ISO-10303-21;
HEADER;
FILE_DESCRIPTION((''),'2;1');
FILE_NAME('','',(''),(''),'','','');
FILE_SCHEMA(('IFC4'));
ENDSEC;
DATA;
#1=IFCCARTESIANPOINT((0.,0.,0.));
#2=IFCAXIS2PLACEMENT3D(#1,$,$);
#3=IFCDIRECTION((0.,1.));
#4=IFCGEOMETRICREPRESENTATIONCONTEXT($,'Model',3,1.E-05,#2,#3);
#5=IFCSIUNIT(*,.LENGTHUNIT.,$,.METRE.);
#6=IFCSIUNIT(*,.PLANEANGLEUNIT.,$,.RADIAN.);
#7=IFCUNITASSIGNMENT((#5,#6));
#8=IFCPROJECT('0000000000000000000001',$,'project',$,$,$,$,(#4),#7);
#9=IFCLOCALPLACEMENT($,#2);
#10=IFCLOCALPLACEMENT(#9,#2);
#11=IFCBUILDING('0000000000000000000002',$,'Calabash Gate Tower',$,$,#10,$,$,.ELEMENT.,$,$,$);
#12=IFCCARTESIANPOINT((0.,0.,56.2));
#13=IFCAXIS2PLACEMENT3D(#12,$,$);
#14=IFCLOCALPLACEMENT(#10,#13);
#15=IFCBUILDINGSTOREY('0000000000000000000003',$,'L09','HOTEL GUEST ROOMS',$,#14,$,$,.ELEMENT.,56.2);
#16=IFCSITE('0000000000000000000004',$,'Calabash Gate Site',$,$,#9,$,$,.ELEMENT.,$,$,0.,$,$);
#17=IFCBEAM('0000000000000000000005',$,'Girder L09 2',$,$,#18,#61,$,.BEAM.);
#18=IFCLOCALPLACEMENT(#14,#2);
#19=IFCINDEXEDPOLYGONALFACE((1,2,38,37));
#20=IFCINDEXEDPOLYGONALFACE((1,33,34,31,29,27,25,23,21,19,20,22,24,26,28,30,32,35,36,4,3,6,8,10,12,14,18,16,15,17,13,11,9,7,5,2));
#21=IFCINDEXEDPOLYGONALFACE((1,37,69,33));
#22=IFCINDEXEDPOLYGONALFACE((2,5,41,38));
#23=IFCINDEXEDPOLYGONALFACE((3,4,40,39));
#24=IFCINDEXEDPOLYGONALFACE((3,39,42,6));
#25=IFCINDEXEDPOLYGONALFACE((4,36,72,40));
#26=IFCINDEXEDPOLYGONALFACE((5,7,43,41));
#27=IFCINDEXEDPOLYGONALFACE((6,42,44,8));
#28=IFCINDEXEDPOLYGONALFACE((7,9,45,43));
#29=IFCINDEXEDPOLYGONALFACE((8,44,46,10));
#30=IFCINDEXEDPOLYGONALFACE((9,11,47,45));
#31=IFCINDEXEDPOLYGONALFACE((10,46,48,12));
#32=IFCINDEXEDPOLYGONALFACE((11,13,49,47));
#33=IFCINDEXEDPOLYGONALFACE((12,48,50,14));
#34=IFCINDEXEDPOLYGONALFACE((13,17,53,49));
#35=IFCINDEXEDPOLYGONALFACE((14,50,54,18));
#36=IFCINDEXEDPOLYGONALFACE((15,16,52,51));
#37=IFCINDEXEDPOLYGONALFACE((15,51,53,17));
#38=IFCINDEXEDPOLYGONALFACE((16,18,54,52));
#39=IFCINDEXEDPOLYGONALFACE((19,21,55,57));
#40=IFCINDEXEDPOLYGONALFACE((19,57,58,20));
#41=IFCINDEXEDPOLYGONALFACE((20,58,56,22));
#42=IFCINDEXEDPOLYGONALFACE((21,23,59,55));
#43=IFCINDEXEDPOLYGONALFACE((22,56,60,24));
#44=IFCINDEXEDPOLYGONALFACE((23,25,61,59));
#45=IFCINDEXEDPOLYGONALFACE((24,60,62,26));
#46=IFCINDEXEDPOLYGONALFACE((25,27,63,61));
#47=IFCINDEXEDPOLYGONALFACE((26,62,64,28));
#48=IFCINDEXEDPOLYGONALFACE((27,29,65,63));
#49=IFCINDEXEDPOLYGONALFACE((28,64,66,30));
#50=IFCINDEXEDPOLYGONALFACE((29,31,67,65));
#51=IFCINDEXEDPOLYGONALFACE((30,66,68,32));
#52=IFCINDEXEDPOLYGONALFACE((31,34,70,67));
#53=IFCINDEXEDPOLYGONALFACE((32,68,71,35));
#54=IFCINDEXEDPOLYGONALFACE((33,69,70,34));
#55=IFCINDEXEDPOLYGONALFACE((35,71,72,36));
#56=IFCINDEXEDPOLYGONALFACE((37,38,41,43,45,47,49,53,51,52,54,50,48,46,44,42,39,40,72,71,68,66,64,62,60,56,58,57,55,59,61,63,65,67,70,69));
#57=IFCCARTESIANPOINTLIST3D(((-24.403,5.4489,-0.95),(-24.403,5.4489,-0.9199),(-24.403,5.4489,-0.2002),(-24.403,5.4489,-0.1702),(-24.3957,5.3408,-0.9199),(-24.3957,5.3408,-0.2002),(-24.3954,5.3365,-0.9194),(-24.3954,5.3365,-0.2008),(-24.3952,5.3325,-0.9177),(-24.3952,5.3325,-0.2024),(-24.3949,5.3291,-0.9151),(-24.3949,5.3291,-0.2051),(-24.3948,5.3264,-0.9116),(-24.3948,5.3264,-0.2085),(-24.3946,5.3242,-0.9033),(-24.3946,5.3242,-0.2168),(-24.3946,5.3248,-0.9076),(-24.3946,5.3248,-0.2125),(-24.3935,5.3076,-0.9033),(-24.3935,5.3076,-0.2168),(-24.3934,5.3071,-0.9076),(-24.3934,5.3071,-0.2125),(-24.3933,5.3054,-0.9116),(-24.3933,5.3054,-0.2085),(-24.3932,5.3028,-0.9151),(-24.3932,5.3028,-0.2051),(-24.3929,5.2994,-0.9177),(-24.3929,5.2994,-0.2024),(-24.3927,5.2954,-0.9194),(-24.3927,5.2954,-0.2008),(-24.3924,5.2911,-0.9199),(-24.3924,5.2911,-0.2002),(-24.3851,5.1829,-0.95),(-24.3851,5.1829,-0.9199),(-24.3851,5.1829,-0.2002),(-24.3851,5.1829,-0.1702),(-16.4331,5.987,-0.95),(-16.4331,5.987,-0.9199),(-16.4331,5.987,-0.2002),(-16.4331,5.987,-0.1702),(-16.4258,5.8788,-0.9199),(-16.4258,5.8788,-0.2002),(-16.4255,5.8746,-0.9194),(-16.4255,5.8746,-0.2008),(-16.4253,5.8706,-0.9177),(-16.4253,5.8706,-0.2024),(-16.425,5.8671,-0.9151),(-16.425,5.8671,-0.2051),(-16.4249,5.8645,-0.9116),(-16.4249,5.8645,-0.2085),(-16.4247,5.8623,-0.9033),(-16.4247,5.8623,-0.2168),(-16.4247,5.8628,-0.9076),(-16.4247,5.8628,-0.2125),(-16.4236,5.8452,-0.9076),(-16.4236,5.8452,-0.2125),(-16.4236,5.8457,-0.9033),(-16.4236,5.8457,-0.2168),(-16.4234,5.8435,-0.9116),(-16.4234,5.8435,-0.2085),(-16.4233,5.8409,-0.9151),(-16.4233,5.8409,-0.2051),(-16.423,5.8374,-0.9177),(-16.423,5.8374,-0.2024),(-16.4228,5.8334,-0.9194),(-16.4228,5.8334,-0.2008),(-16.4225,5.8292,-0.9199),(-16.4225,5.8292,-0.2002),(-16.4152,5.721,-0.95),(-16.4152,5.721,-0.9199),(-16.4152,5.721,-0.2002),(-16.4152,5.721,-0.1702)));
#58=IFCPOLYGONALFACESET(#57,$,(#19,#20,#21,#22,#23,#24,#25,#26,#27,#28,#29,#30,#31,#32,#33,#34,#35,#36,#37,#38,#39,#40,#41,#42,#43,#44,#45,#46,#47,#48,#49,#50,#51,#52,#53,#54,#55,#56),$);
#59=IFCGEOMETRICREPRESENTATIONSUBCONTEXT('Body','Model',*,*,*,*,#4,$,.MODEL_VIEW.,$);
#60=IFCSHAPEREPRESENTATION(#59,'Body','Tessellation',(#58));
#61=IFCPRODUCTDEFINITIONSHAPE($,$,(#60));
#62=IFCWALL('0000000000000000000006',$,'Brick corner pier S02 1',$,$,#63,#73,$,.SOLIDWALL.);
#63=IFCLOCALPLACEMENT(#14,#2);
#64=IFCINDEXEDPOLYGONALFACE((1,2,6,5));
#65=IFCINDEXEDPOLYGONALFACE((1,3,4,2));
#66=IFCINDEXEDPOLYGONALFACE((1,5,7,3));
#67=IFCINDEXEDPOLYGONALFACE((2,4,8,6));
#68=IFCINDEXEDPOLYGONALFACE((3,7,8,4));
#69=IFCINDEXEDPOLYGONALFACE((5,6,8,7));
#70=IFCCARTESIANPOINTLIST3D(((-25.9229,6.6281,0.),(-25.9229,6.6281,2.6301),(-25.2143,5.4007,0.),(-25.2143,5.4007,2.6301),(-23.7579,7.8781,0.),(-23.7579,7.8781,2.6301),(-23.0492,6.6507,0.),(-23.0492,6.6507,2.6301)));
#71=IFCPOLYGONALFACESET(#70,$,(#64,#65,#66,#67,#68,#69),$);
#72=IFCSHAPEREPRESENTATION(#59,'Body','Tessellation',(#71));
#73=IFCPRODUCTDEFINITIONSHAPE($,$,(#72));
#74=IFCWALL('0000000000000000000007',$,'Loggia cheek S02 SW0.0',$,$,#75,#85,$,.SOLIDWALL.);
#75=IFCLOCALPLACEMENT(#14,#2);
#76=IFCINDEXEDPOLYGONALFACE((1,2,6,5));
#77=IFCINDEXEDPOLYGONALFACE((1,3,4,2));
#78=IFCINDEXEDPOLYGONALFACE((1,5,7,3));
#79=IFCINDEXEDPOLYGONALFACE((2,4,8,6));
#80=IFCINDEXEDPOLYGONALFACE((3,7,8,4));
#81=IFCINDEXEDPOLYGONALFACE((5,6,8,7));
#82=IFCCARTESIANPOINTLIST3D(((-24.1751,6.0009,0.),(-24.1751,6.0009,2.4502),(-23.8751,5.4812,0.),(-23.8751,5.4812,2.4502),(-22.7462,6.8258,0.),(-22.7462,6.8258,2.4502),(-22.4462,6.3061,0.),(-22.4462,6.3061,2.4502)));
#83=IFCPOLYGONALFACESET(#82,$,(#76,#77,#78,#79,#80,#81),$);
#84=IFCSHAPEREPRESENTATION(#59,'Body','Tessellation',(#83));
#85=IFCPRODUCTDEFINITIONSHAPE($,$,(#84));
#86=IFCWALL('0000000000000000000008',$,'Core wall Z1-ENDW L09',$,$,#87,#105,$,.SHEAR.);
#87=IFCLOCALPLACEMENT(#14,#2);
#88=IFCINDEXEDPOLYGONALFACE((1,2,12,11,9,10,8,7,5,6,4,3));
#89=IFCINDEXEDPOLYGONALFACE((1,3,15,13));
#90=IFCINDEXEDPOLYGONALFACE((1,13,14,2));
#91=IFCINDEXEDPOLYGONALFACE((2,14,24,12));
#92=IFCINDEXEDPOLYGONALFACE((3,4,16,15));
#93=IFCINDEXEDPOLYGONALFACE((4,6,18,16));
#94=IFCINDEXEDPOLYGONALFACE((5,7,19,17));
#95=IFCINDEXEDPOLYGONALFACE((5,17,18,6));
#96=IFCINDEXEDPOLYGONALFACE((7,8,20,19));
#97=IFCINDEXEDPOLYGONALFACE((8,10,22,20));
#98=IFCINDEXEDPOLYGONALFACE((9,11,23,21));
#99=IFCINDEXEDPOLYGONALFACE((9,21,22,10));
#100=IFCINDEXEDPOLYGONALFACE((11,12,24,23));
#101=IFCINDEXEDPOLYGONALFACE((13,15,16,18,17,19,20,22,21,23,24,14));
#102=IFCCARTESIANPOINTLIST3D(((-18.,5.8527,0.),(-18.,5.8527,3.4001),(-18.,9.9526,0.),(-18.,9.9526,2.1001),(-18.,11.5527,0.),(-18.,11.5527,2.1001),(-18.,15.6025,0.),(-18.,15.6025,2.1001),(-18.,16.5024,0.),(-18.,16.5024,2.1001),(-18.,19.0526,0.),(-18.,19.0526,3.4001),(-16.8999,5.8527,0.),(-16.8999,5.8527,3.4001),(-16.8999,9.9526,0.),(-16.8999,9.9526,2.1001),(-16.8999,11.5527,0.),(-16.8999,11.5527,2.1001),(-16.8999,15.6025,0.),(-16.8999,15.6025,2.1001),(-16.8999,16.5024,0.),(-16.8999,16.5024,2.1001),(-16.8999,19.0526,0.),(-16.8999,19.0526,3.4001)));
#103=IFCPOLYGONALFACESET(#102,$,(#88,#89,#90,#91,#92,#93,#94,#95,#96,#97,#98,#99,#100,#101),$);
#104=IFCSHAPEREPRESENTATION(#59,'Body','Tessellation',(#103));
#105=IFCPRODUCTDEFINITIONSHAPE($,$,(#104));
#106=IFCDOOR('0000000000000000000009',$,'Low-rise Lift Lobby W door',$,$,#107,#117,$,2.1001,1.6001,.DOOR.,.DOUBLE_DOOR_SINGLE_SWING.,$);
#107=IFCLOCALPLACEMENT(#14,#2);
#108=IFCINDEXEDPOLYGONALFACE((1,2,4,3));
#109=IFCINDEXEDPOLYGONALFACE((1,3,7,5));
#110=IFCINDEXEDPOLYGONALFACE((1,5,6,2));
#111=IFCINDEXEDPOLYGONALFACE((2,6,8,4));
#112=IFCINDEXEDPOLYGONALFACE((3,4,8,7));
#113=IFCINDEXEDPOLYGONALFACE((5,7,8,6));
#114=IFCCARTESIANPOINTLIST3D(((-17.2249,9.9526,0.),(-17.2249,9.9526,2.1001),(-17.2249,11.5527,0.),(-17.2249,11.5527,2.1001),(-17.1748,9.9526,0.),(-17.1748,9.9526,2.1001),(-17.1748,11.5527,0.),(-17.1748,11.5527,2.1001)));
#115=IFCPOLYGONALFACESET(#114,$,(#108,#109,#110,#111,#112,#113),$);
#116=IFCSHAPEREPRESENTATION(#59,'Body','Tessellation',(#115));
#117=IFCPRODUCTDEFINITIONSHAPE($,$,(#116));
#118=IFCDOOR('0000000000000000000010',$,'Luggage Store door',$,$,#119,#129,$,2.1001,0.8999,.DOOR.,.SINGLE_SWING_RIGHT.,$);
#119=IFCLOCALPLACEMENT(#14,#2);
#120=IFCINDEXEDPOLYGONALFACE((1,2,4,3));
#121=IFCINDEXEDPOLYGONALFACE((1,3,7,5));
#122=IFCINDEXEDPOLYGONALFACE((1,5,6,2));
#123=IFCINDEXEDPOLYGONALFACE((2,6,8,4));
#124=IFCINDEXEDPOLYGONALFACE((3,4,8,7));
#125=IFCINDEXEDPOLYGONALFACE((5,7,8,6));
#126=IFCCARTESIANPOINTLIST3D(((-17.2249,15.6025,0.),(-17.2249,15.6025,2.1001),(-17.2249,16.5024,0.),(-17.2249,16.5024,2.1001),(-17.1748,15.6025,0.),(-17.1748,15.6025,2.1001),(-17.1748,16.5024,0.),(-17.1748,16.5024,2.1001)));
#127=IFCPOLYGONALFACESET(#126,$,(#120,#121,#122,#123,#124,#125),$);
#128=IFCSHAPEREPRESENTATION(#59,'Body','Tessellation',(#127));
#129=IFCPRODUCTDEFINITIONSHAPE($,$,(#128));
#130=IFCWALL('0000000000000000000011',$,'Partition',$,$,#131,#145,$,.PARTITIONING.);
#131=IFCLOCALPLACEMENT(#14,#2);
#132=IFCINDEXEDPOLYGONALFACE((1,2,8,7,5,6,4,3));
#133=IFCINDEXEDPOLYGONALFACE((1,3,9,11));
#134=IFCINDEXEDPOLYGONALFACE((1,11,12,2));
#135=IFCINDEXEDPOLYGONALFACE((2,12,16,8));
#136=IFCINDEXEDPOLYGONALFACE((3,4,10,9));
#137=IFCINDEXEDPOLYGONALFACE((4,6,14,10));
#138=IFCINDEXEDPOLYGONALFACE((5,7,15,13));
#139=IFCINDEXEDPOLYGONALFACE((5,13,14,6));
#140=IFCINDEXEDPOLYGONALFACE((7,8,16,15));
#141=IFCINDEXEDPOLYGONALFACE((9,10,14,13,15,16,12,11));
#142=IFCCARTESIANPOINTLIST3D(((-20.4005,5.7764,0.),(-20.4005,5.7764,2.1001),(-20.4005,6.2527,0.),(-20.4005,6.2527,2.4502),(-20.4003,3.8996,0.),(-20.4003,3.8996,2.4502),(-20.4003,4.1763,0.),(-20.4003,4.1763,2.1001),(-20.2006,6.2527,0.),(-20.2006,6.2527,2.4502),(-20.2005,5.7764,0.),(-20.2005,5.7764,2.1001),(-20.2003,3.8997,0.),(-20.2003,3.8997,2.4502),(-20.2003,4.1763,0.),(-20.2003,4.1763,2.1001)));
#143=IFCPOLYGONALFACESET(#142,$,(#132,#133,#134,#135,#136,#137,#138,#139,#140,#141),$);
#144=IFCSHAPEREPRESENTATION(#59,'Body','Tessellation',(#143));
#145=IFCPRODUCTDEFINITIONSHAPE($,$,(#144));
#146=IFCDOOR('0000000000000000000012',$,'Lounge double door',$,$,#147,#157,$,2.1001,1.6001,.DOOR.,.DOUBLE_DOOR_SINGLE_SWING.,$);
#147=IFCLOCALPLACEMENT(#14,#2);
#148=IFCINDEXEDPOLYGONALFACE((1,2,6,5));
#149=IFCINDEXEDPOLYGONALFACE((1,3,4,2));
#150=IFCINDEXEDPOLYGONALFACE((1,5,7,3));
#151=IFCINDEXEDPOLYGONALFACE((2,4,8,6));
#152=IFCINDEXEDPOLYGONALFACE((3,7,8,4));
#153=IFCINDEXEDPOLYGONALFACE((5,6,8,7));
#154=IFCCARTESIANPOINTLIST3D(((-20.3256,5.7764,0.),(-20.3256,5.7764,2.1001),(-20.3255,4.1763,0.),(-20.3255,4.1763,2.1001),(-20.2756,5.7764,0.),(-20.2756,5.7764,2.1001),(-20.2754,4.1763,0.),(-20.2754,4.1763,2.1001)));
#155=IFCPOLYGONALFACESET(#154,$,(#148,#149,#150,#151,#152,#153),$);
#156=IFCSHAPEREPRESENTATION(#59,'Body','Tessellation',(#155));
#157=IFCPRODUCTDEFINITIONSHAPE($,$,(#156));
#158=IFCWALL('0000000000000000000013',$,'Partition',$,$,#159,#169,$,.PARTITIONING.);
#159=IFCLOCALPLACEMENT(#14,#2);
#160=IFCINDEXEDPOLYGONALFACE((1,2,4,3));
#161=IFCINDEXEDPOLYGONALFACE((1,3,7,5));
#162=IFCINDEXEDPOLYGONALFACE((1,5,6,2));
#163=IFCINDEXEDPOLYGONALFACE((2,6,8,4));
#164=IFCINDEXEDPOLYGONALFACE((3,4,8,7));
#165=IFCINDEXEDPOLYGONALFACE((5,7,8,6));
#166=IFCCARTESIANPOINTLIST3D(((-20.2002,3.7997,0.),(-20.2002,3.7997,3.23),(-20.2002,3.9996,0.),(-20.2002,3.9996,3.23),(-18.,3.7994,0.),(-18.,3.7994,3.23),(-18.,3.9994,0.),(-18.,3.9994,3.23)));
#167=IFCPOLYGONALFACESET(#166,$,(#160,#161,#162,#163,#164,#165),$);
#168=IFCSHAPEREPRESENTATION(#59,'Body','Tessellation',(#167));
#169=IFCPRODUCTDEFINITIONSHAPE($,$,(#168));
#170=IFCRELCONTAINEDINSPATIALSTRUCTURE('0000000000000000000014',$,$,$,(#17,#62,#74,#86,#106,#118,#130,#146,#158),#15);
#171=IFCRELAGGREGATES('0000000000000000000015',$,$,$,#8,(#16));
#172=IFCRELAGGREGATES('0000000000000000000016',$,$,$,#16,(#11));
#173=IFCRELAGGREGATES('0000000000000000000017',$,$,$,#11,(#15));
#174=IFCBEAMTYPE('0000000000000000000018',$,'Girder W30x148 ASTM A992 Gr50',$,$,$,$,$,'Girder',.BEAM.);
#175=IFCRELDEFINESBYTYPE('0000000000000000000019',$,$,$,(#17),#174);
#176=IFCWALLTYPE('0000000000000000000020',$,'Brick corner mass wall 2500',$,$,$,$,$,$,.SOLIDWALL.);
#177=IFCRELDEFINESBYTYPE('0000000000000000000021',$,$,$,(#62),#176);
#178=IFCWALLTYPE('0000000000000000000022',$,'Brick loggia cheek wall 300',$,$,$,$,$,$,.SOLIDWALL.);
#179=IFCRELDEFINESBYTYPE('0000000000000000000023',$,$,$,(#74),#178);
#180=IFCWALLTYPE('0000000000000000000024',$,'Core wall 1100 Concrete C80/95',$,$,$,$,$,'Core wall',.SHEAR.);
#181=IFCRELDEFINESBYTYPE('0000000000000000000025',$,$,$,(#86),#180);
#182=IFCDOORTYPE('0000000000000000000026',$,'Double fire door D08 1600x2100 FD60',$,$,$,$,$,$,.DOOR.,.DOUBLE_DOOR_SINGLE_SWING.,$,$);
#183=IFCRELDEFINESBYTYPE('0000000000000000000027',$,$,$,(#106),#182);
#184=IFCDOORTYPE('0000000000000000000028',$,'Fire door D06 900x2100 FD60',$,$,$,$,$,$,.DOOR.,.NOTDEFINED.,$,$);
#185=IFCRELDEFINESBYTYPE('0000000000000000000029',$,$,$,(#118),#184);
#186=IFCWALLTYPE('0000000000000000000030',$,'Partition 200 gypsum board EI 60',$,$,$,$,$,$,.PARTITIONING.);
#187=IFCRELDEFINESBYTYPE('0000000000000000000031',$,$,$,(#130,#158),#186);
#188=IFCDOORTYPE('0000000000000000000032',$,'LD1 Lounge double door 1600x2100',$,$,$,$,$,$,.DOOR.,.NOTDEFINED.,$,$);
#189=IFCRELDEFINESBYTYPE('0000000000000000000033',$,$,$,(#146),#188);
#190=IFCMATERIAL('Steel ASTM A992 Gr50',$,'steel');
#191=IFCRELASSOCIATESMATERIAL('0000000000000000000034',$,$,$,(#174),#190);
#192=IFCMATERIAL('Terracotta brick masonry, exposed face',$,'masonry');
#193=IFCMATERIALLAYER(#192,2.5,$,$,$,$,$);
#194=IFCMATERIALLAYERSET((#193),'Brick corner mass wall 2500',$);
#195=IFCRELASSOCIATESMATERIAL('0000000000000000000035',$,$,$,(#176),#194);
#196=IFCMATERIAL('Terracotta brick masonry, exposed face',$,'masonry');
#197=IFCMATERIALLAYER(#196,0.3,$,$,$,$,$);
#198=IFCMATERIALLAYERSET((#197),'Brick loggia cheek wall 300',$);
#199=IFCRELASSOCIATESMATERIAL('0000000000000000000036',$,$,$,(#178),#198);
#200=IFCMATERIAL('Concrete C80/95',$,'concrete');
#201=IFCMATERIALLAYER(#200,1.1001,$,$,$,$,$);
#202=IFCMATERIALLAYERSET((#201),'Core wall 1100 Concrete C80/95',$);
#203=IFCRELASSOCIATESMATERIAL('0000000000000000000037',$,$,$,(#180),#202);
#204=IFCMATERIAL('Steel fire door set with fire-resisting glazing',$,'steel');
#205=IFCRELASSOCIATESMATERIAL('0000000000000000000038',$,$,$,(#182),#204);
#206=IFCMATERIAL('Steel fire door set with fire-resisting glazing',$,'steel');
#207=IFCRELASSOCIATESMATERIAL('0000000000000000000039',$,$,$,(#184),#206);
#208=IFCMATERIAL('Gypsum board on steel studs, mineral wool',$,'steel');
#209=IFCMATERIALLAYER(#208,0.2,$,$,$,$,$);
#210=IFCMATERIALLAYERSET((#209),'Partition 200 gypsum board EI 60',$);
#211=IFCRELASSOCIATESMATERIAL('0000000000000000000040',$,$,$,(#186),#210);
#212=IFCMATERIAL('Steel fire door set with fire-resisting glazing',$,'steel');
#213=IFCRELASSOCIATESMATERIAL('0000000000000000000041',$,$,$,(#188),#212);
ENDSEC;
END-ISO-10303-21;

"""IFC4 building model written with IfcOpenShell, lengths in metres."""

from ifc_helpers import new_model, si_unit, direction, frame, frame_2d, origin, origin_2d, place, context, subcontext, project, spatial, rectangle, i_section, extrude, material, layer, layer_set, material_profile, profile_set, type_object, element, fill, save


model = new_model("IFC4")

# Units and contexts
model_context = context("Model", 3, precision=1e-05, world=origin(), true_north=direction((0.0, 1.0)))
body_context = subcontext(model_context, "Body", "Model", "MODEL_VIEW")
ifc_project = project(units=[si_unit("LENGTHUNIT", "METRE"), si_unit("PLANEANGLEUNIT", "RADIAN")], contexts=[model_context])

# Site, building, storey
site_placement = place(None, origin())
site = spatial("IfcSite", under=ifc_project, at=site_placement, Name="Calabash Gate Site", CompositionType="ELEMENT", RefElevation=0.0)
building_placement = place(site_placement, origin())
building = spatial("IfcBuilding", under=site, at=building_placement, Name="Calabash Gate Tower", CompositionType="ELEMENT")
storey_placement = place(building_placement, frame((0.0, 0.0, 56.2)))
storey = spatial("IfcBuildingStorey", under=building, at=storey_placement, Name="L09", Description="HOTEL GUEST ROOMS", CompositionType="ELEMENT", Elevation=56.2)

# Beam
ifc_material_1 = material(Name="Steel ASTM A992 Gr50", Category="steel")
ifc_material_profile_1 = material_profile(ifc_material_1, i_section(OverallWidth=0.2666, OverallDepth=0.7798, WebThickness=0.0166, FlangeThickness=0.03, FilletRadius=0.0166, at=origin_2d()))
ifc_profile_set_1 = profile_set([ifc_material_profile_1], Name="Steel ASTM A992 Gr50")
beam_type_1 = type_object("IfcBeamType", Name="Girder W30x148 ASTM A992 Gr50", ElementType="Girder", PredefinedType="BEAM", material=ifc_profile_set_1)
beam_1_placement = place(storey_placement, frame((-24.394, 5.3159, -0.5601), z_axis=(0.997729, 0.067361, 0.0), x_axis=(-0.067361, 0.997729, 0.0)))
element("IfcBeam", 1, at=beam_1_placement, inside=storey, type_object=beam_type_1, Name="Girder L09 2", PredefinedType="BEAM", context=body_context, shape_type="SweptSolid", body=[
    extrude(i_section(OverallWidth=0.2666, OverallDepth=0.7798, WebThickness=0.0166, FlangeThickness=0.03, FilletRadius=0.0166, at=origin_2d()), origin(), (0.0, 0.0, 1.0), 7.988),
])

# Walls
ifc_material_2 = material(Name="Terracotta brick masonry, exposed face", Category="masonry")
ifc_layer_1 = layer(ifc_material_2, 2.5)
ifc_layer_set_1 = layer_set([ifc_layer_1], Name="Brick corner mass wall 2500")
wall_type_1 = type_object("IfcWallType", Name="Brick corner mass wall 2500", PredefinedType="SOLIDWALL", material=ifc_layer_set_1)
wall_1_placement = place(storey_placement, frame((-25.5686, 6.0144, 0.0), z_axis=(0.0, 0.0, 1.0), x_axis=(0.866023, 0.500004, 0.0)))
element("IfcWall", 2, at=wall_1_placement, inside=storey, type_object=wall_type_1, Name="Brick corner pier S02 1", PredefinedType="SOLIDWALL", context=body_context, shape_type="SweptSolid", body=[
    extrude(rectangle(XDim=2.5, YDim=1.4172, at=frame_2d((1.25, 0.0))), origin(), (0.0, 0.0, 1.0), 2.6301),
])
ifc_material_3 = material(Name="Terracotta brick masonry, exposed face", Category="masonry")
ifc_layer_2 = layer(ifc_material_3, 0.3)
ifc_layer_set_2 = layer_set([ifc_layer_2], Name="Brick loggia cheek wall 300")
wall_type_2 = type_object("IfcWallType", Name="Brick loggia cheek wall 300", PredefinedType="SOLIDWALL", material=ifc_layer_set_2)
wall_2_placement = place(storey_placement, frame((-22.5962, 6.5659, 0.0), z_axis=(0.0, 0.0, 1.0), x_axis=(-0.86604, -0.499974, 0.0)))
element("IfcWall", 3, at=wall_2_placement, inside=storey, type_object=wall_type_2, Name="Loggia cheek S02 SW0.0", PredefinedType="SOLIDWALL", context=body_context, shape_type="SweptSolid", body=[
    extrude(rectangle(XDim=1.6499, YDim=0.6001, at=frame_2d((0.825, 0.0))), origin(), (0.0, 0.0, 1.0), 2.4502),
])

# Wall, openings, doors
ifc_material_4 = material(Name="Concrete C80/95", Category="concrete")
ifc_layer_3 = layer(ifc_material_4, 1.1001)
ifc_layer_set_3 = layer_set([ifc_layer_3], Name="Core wall 1100 Concrete C80/95")
wall_type_3 = type_object("IfcWallType", Name="Core wall 1100 Concrete C80/95", ElementType="Core wall", PredefinedType="SHEAR", material=ifc_layer_set_3)
wall_3_placement = place(storey_placement, frame((-17.45, 5.8525, 0.0), z_axis=(0.0, 0.0, 1.0), x_axis=(0.0, 1.0, 0.0)))
wall_3 = element("IfcWall", 4, at=wall_3_placement, inside=storey, type_object=wall_type_3, Name="Core wall Z1-ENDW L09", PredefinedType="SHEAR", context=body_context, shape_type="SweptSolid", body=[
    extrude(rectangle(XDim=13.2, YDim=1.1001, at=frame_2d((6.6001, 0.0))), origin(), (0.0, 0.0, 1.0), 3.4001),
])
opening_1_placement = place(wall_3_placement, frame((4.1001, 0.0, 0.0)))
opening_1 = element("IfcOpeningElement", 5, at=opening_1_placement, cuts=wall_3, PredefinedType="OPENING", context=body_context, shape_type="SweptSolid", body=[
    extrude(rectangle(XDim=1.6001, YDim=2.1001, at=frame_2d((0.8, 1.05))), frame((0.0, 0.5601, 0.0), z_axis=(0.0, -1.0, 0.0), x_axis=(1.0, 0.0, 0.0)), (0.0, 0.0, 1.0), 1.1201),
])
opening_2_placement = place(wall_3_placement, frame((9.75, 0.0, 0.0)))
opening_2 = element("IfcOpeningElement", 6, at=opening_2_placement, cuts=wall_3, PredefinedType="OPENING", context=body_context, shape_type="SweptSolid", body=[
    extrude(rectangle(XDim=0.8999, YDim=2.1001, at=frame_2d((0.45, 1.05))), frame((0.0, 0.5601, 0.0), z_axis=(0.0, -1.0, 0.0), x_axis=(1.0, 0.0, 0.0)), (0.0, 0.0, 1.0), 1.1201),
])
ifc_material_5 = material(Name="Steel fire door set with fire-resisting glazing", Category="steel")
door_type_1 = type_object("IfcDoorType", Name="Double fire door D08 1600x2100 FD60", OperationType="DOUBLE_DOOR_SINGLE_SWING", PredefinedType="DOOR", material=ifc_material_5)
door_1_placement = place(opening_1_placement, origin())
door_1 = element("IfcDoor", 7, at=door_1_placement, inside=storey, type_object=door_type_1, Name="Low-rise Lift Lobby W door", OperationType="DOUBLE_DOOR_SINGLE_SWING", OverallHeight=2.1001, OverallWidth=1.6001, PredefinedType="DOOR", context=body_context, shape_type="SweptSolid", body=[
    extrude(rectangle(XDim=1.6001, YDim=2.1001, at=frame_2d((0.8, 1.05))), frame((0.0, -0.2251, 0.0), z_axis=(0.0, -1.0, 0.0), x_axis=(1.0, 0.0, 0.0)), (0.0, 0.0, 1.0), 0.05),
])
fill(opening_1, door_1)
ifc_material_6 = material(Name="Steel fire door set with fire-resisting glazing", Category="steel")
door_type_2 = type_object("IfcDoorType", Name="Fire door D06 900x2100 FD60", OperationType="NOTDEFINED", PredefinedType="DOOR", material=ifc_material_6)
door_2_placement = place(opening_2_placement, origin())
door_2 = element("IfcDoor", 8, at=door_2_placement, inside=storey, type_object=door_type_2, Name="Luggage Store door", OperationType="SINGLE_SWING_RIGHT", OverallHeight=2.1001, OverallWidth=0.8999, PredefinedType="DOOR", context=body_context, shape_type="SweptSolid", body=[
    extrude(rectangle(XDim=0.8999, YDim=2.1001, at=frame_2d((0.45, 1.05))), frame((0.0, -0.2251, 0.0), z_axis=(0.0, -1.0, 0.0), x_axis=(1.0, 0.0, 0.0)), (0.0, 0.0, 1.0), 0.05),
])
fill(opening_2, door_2)

# Wall, opening, door
ifc_material_7 = material(Name="Gypsum board on steel studs, mineral wool", Category="steel")
ifc_layer_4 = layer(ifc_material_7, 0.2)
ifc_layer_set_4 = layer_set([ifc_layer_4], Name="Partition 200 gypsum board EI 60")
wall_type_4 = type_object("IfcWallType", Name="Partition 200 gypsum board EI 60", PredefinedType="PARTITIONING", material=ifc_layer_set_4)
wall_4_placement = place(storey_placement, frame((-20.3005, 6.2527, 0.0), z_axis=(0.0, 0.0, 1.0), x_axis=(0.000104, -1.0, 0.0)))
wall_4 = element("IfcWall", 9, at=wall_4_placement, inside=storey, type_object=wall_type_4, Name="Partition", PredefinedType="PARTITIONING", context=body_context, shape_type="SweptSolid", body=[
    extrude(rectangle(XDim=2.353, YDim=0.2, at=frame_2d((1.1765, 0.0))), origin(), (0.0, 0.0, 1.0), 2.4502),
])
opening_3_placement = place(wall_4_placement, frame((0.4763, 0.0, 0.0)))
opening_3 = element("IfcOpeningElement", 10, at=opening_3_placement, cuts=wall_4, PredefinedType="OPENING", context=body_context, shape_type="SweptSolid", body=[
    extrude(rectangle(XDim=1.6001, YDim=2.1001, at=frame_2d((0.8, 1.05))), frame((0.0, 0.1099, 0.0), z_axis=(0.0, -1.0, 0.0), x_axis=(1.0, 0.0, 0.0)), (0.0, 0.0, 1.0), 0.22),
])
ifc_material_8 = material(Name="Steel fire door set with fire-resisting glazing", Category="steel")
door_type_3 = type_object("IfcDoorType", Name="LD1 Lounge double door 1600x2100", OperationType="NOTDEFINED", PredefinedType="DOOR", material=ifc_material_8)
door_3_placement = place(opening_3_placement, origin())
door_3 = element("IfcDoor", 11, at=door_3_placement, inside=storey, type_object=door_type_3, Name="Lounge double door", OperationType="DOUBLE_DOOR_SINGLE_SWING", OverallHeight=2.1001, OverallWidth=1.6001, PredefinedType="DOOR", context=body_context, shape_type="SweptSolid", body=[
    extrude(rectangle(XDim=1.6001, YDim=2.1001, at=frame_2d((0.8, 1.05))), frame((0.0, 0.0249, 0.0), z_axis=(0.0, -1.0, 0.0), x_axis=(1.0, 0.0, 0.0)), (0.0, 0.0, 1.0), 0.05),
])
fill(opening_3, door_3)

# Wall
wall_5_placement = place(storey_placement, frame((-20.2002, 3.8997, 0.0), z_axis=(0.0, 0.0, 1.0), x_axis=(1.0, -0.000111, 0.0)))
element("IfcWall", 12, at=wall_5_placement, inside=storey, type_object=wall_type_4, Name="Partition", PredefinedType="PARTITIONING", context=body_context, shape_type="SweptSolid", body=[
    extrude(rectangle(XDim=2.2002, YDim=0.2, at=frame_2d((1.1001, 0.0))), origin(), (0.0, 0.0, 1.0), 3.23),
])

save(model, "model.ifc")
